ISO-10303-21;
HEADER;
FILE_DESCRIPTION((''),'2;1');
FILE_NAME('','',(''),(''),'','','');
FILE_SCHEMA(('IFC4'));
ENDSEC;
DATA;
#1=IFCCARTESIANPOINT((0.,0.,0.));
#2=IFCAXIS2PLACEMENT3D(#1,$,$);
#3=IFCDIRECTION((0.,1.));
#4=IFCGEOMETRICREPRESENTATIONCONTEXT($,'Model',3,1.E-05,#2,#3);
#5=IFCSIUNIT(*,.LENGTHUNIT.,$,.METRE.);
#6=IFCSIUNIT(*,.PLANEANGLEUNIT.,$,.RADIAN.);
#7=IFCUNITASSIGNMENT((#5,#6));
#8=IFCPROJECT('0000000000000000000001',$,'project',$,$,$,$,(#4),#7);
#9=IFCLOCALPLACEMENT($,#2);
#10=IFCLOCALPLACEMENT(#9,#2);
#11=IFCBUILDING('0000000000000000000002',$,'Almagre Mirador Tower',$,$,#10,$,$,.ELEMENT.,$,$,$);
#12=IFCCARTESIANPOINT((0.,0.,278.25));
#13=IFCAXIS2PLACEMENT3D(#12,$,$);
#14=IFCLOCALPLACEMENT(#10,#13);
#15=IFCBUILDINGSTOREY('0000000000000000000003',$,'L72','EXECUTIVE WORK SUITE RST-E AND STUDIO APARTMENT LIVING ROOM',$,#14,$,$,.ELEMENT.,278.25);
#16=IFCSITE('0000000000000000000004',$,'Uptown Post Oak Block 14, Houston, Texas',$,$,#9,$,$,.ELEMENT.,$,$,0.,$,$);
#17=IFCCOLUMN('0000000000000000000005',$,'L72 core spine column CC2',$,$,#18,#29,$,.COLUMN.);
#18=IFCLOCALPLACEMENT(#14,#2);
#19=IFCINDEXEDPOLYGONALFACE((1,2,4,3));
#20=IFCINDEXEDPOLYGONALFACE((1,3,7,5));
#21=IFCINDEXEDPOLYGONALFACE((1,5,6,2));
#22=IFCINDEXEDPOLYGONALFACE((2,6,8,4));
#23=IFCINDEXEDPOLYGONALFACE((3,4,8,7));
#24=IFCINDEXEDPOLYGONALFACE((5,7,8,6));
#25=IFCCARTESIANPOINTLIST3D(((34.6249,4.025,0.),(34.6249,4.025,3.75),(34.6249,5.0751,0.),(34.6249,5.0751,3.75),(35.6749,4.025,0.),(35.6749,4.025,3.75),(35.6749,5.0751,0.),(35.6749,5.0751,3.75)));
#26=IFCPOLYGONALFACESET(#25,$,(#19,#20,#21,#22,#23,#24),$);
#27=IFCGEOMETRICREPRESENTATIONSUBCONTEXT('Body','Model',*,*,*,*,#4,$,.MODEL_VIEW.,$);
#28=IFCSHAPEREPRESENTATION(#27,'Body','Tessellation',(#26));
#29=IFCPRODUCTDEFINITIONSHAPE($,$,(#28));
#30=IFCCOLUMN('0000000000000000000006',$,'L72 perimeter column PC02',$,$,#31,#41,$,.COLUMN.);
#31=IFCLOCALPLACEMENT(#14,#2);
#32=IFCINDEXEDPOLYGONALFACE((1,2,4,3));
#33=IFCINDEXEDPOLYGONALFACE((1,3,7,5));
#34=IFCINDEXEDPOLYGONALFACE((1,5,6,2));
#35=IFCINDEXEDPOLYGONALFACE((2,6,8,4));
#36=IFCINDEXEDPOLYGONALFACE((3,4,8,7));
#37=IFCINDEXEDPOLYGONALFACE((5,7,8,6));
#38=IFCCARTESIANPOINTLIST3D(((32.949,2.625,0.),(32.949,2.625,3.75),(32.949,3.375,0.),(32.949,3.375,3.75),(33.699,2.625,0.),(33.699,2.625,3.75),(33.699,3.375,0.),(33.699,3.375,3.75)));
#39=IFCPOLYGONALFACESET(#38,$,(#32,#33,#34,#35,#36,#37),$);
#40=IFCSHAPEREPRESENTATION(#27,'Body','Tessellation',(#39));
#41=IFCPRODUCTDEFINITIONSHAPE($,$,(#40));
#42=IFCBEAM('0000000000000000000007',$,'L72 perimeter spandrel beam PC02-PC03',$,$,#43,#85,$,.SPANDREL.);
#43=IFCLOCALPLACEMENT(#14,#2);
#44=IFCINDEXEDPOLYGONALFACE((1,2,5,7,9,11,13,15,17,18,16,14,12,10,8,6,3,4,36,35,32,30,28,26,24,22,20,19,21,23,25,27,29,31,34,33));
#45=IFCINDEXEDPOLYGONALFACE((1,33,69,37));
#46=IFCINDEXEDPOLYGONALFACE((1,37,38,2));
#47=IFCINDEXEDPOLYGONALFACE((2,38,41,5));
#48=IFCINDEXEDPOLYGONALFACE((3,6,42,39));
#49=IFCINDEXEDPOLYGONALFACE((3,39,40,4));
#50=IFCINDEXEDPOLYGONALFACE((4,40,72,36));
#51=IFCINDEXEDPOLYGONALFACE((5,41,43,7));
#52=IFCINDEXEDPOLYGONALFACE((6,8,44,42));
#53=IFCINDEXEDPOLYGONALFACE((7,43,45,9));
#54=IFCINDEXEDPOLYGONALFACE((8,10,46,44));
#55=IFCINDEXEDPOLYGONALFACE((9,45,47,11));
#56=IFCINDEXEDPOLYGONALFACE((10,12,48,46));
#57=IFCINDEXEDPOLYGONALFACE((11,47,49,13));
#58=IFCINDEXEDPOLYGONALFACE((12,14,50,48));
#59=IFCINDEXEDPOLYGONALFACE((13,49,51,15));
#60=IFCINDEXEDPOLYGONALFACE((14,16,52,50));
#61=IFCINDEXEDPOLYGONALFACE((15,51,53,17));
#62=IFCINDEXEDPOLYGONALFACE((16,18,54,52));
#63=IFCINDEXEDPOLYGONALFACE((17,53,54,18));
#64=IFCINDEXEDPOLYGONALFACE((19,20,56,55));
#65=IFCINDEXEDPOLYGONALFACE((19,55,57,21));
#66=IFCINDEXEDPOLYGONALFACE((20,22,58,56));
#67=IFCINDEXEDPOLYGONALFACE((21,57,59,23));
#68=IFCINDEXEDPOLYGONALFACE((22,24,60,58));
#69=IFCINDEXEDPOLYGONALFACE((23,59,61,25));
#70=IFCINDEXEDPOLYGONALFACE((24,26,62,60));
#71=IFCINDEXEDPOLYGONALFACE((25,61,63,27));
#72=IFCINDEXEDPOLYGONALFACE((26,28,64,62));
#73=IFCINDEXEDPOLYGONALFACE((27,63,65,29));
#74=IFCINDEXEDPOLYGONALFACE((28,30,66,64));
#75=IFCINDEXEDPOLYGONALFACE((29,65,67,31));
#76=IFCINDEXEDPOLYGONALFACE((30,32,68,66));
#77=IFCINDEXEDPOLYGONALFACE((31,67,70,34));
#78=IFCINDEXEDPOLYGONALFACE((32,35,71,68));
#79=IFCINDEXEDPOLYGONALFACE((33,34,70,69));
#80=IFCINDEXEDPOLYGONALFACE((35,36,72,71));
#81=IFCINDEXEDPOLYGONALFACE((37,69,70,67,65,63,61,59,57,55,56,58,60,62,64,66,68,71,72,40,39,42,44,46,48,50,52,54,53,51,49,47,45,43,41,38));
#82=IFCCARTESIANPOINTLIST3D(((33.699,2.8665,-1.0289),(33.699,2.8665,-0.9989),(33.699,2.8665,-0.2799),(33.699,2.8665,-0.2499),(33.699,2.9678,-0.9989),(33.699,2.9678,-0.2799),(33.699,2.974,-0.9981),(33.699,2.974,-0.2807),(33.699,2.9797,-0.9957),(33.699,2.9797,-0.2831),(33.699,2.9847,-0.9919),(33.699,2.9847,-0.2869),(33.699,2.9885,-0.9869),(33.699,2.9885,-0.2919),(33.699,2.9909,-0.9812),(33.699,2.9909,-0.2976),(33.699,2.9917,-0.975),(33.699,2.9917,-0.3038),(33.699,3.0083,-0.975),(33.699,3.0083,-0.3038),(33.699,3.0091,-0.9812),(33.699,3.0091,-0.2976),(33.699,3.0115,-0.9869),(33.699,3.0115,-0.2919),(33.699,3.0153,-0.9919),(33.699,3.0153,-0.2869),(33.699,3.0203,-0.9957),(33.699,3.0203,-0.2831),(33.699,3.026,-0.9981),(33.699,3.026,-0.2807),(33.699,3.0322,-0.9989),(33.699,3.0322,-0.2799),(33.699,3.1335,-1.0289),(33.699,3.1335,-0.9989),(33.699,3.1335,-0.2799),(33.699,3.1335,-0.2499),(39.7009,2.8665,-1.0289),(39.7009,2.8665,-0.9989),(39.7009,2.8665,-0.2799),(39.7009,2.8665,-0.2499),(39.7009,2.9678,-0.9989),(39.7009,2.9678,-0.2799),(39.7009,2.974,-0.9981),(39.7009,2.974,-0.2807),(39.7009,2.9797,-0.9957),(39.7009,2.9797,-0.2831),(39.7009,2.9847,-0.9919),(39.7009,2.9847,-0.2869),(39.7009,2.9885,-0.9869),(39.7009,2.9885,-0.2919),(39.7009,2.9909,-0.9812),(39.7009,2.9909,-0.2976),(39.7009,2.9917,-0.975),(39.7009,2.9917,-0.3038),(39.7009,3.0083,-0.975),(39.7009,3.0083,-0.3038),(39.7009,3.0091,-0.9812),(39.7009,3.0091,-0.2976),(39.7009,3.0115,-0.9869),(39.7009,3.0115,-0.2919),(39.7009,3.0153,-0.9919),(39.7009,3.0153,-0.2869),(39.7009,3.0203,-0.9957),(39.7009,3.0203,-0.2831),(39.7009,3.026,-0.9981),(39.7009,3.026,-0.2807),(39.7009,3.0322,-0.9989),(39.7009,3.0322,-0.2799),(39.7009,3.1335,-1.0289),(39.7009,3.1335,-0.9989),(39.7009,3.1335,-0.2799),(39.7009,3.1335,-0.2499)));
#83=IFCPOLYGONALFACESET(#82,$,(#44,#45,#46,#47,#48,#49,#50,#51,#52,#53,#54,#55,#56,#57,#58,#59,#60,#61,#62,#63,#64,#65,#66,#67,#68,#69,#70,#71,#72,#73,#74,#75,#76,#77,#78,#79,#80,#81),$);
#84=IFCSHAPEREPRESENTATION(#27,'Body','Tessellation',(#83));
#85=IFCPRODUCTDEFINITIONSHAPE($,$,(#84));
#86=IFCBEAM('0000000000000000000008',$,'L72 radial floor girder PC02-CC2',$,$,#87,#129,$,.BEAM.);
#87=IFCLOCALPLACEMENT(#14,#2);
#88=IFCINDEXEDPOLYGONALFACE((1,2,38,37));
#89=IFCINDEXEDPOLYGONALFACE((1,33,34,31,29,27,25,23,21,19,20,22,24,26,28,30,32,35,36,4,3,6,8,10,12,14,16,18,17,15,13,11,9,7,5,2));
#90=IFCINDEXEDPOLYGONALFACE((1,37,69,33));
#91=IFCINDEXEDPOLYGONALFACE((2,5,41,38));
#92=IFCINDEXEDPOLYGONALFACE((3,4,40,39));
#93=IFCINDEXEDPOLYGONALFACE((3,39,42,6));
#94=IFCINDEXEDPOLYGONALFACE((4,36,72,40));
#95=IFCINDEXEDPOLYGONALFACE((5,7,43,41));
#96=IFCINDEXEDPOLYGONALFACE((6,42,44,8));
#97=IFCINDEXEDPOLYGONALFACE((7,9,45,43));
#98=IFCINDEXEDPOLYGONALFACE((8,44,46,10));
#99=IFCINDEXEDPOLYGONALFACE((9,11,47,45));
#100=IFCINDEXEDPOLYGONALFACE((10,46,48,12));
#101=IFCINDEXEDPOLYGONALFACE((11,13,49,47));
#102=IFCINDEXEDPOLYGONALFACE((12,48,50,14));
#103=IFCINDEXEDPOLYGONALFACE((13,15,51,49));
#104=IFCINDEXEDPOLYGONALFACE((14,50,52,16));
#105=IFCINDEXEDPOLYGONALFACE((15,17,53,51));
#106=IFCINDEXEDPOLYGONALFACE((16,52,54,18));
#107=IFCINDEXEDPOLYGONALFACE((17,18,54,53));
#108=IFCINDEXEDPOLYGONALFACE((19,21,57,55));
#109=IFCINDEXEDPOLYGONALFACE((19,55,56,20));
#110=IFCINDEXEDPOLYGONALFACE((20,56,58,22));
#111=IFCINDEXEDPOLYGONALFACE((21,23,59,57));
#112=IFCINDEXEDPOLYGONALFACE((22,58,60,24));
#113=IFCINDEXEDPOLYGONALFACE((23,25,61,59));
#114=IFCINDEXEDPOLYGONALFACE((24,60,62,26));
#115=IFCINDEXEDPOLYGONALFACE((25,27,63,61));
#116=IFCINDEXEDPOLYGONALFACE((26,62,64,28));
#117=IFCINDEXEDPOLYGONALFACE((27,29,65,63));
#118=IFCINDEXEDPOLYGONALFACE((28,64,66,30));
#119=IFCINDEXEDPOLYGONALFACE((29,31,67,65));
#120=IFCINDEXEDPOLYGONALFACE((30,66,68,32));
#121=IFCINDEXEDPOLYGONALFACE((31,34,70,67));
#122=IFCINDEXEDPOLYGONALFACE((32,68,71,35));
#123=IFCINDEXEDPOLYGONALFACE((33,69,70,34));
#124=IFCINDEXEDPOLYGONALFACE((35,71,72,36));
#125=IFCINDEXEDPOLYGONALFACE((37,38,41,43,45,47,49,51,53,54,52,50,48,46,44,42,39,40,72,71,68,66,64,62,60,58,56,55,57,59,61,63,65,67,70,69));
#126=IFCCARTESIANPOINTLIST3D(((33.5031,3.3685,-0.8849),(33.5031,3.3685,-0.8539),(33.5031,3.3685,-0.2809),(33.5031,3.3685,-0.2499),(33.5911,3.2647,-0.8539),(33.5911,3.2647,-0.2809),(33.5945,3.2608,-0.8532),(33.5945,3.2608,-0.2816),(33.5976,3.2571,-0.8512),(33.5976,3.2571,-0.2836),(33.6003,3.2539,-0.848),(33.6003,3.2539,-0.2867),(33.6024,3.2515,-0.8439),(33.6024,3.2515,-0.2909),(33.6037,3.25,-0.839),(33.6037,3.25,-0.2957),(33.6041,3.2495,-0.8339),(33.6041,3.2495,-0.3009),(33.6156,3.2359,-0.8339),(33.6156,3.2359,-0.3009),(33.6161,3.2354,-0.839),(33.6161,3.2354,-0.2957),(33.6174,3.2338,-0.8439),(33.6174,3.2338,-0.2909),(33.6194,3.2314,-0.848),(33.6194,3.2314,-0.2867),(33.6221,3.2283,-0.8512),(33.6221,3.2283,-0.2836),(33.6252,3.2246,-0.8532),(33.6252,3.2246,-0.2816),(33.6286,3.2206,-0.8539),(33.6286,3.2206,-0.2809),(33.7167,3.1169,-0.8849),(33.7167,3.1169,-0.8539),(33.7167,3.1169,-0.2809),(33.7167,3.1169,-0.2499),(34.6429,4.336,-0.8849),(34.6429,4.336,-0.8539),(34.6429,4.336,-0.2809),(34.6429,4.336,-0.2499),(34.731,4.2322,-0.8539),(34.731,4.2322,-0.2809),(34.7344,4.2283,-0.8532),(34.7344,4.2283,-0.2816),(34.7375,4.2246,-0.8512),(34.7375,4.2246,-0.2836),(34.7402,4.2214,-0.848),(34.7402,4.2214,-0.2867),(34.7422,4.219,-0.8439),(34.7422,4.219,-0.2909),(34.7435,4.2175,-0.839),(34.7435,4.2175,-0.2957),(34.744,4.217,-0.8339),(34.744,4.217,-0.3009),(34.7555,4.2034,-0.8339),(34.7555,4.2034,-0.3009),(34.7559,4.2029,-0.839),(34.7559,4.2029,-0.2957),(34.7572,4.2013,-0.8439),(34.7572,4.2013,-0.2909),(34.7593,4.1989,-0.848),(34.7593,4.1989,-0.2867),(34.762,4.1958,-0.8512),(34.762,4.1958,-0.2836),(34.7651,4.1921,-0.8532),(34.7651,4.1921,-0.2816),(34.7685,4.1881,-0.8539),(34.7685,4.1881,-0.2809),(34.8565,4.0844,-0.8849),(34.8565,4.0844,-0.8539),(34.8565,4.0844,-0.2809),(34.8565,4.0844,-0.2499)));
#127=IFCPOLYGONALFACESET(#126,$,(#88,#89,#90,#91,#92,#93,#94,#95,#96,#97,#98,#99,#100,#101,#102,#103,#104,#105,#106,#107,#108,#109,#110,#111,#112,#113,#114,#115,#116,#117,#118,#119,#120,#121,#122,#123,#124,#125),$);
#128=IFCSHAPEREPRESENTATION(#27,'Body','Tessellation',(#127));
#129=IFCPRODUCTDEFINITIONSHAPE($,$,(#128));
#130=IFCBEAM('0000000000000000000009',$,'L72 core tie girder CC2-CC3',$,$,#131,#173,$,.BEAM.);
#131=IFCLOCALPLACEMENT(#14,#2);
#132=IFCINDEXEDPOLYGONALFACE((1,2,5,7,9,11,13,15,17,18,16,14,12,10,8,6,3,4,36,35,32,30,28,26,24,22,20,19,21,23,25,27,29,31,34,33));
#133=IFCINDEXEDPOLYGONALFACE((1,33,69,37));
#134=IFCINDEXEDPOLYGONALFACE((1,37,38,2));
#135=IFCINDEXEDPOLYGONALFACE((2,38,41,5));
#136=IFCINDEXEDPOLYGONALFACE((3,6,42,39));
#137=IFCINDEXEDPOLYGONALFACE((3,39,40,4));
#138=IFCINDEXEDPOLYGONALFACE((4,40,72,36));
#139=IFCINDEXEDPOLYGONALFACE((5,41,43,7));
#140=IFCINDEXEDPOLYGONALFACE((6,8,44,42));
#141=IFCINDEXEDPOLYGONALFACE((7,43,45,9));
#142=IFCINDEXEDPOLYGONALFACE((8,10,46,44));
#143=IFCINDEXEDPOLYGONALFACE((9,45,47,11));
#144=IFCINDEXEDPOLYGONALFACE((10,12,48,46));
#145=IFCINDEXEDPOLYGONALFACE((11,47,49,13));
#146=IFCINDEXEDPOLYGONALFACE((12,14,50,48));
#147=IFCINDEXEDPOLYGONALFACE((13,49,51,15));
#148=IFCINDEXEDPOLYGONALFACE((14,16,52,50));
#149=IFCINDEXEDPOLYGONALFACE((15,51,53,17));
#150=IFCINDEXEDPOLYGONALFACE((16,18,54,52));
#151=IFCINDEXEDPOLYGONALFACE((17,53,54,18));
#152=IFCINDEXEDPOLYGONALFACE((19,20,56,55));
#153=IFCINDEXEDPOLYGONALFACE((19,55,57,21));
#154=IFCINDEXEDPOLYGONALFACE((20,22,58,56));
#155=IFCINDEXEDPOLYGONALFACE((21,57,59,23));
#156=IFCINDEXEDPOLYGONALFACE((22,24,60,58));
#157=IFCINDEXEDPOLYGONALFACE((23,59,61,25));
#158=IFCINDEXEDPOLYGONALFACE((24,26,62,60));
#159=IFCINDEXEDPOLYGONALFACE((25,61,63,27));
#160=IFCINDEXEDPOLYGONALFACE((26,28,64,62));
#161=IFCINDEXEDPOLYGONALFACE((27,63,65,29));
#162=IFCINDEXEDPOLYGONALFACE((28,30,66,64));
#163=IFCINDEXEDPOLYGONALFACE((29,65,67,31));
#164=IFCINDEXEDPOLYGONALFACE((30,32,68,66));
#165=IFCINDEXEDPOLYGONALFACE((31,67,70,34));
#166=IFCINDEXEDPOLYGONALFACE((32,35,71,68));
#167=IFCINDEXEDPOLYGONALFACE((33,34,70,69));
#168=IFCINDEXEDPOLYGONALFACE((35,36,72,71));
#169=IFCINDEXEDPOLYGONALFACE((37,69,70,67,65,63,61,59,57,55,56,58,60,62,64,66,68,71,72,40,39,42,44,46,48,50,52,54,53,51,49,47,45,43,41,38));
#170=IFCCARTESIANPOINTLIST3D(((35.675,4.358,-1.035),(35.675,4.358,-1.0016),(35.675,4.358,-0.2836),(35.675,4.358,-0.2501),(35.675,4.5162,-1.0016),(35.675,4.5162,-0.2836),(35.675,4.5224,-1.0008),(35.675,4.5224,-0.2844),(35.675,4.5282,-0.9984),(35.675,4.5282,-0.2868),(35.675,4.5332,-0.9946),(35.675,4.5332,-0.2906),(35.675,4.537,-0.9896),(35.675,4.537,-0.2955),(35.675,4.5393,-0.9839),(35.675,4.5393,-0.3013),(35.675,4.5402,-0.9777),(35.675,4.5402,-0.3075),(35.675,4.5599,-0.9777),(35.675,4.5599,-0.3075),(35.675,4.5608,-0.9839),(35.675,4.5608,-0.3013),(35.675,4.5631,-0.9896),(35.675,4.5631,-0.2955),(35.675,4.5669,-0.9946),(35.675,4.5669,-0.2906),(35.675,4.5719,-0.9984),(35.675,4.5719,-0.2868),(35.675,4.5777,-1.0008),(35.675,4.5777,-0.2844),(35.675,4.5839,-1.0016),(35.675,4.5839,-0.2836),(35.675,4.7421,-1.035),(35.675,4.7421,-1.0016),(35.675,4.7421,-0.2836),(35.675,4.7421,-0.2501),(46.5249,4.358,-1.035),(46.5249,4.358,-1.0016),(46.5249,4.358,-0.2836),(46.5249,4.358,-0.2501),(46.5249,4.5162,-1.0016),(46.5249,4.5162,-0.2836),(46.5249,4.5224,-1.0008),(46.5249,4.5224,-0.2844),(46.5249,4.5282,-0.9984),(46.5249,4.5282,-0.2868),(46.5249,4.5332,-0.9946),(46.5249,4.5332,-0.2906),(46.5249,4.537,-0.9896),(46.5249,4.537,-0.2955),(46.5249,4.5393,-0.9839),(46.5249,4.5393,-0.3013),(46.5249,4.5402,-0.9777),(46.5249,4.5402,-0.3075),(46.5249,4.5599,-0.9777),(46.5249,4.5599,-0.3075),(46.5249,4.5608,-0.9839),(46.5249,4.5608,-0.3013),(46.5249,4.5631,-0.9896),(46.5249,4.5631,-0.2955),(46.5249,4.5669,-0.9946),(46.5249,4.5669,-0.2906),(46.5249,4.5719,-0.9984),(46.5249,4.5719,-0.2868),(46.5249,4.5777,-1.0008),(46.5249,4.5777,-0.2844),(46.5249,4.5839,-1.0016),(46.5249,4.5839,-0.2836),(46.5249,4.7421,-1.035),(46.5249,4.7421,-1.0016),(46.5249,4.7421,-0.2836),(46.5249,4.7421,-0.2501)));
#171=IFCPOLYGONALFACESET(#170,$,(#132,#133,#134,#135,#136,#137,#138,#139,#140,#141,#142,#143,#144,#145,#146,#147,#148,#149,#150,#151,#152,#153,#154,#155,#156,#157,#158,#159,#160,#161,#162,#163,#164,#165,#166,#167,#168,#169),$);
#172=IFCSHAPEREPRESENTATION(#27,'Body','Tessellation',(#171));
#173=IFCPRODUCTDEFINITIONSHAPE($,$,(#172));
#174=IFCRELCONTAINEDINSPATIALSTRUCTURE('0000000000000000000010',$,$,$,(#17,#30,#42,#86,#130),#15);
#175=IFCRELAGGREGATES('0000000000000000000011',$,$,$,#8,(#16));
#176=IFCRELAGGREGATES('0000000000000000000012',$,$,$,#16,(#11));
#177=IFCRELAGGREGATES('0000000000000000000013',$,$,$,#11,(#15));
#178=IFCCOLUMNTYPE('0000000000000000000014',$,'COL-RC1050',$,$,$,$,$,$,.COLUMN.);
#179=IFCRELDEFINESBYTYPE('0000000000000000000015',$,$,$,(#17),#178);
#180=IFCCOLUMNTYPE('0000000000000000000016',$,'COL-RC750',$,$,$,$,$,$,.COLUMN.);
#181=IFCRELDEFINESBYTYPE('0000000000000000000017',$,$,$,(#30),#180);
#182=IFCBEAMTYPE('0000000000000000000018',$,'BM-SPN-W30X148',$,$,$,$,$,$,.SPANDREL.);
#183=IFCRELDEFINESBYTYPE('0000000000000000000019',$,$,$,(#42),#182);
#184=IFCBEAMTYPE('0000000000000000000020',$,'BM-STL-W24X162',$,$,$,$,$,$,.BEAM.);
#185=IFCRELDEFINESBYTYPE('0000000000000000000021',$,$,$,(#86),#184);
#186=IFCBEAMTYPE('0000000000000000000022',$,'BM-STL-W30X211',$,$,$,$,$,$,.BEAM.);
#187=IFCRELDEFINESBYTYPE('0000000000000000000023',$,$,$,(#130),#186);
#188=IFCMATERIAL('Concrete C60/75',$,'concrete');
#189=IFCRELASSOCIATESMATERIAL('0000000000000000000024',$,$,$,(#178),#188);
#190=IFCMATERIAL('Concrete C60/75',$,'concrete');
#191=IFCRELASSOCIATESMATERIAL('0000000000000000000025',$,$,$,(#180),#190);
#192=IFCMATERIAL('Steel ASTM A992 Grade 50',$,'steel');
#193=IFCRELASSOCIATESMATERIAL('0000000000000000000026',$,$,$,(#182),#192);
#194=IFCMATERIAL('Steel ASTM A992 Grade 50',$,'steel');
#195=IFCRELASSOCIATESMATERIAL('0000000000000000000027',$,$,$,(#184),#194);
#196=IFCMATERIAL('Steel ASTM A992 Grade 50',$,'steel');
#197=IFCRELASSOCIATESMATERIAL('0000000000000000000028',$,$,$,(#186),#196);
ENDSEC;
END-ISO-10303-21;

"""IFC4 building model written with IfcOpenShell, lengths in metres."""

from ifc_helpers import new_model, si_unit, direction, frame, origin, origin_2d, place, context, subcontext, project, spatial, rectangle, i_section, extrude, material, material_profile, profile_set, type_object, element, save


model = new_model("IFC4")

# Units and contexts
model_context = context("Model", 3, precision=1e-05, world=origin(), true_north=direction((0.0, 1.0)))
body_context = subcontext(model_context, "Body", "Model", "MODEL_VIEW")
ifc_project = project(units=[si_unit("LENGTHUNIT", "METRE"), si_unit("PLANEANGLEUNIT", "RADIAN")], contexts=[model_context])

# Site, building, storey
site_placement = place(None, origin())
site = spatial("IfcSite", under=ifc_project, at=site_placement, Name="Uptown Post Oak Block 14, Houston, Texas", CompositionType="ELEMENT", RefElevation=0.0)
building_placement = place(site_placement, origin())
building = spatial("IfcBuilding", under=site, at=building_placement, Name="Almagre Mirador Tower", CompositionType="ELEMENT")
storey_placement = place(building_placement, frame((0.0, 0.0, 278.25)))
storey = spatial("IfcBuildingStorey", under=building, at=storey_placement, Name="L72", Description="EXECUTIVE WORK SUITE RST-E AND STUDIO APARTMENT LIVING ROOM", CompositionType="ELEMENT", Elevation=278.25)

# Columns
ifc_material_1 = material(Name="Concrete C60/75", Category="concrete")
ifc_material_profile_1 = material_profile(ifc_material_1, rectangle(XDim=1.05, YDim=1.05, at=origin_2d()), Name="RC1050X1050")
ifc_profile_set_1 = profile_set([ifc_material_profile_1], Name="Concrete C60/75")
column_type_1 = type_object("IfcColumnType", Name="COL-RC1050", PredefinedType="COLUMN", material=ifc_profile_set_1)
column_1_placement = place(storey_placement, frame((35.1499, 4.55, 0.0), z_axis=(0.0, 0.0, 1.0), x_axis=(1.0, 0.0, 0.0)))
element("IfcColumn", 1, at=column_1_placement, inside=storey, type_object=column_type_1, Name="L72 core spine column CC2", PredefinedType="COLUMN", context=body_context, shape_type="SweptSolid", body=[
    extrude(rectangle(XDim=1.05, YDim=1.05, at=origin_2d()), origin(), (0.0, 0.0, 1.0), 3.75),
])
ifc_material_2 = material(Name="Concrete C60/75", Category="concrete")
ifc_material_profile_2 = material_profile(ifc_material_2, rectangle(XDim=0.75, YDim=0.75, at=origin_2d()), Name="RC750X750")
ifc_profile_set_2 = profile_set([ifc_material_profile_2], Name="Concrete C60/75")
column_type_2 = type_object("IfcColumnType", Name="COL-RC750", PredefinedType="COLUMN", material=ifc_profile_set_2)
column_2_placement = place(storey_placement, frame((33.324, 3.0, 0.0), z_axis=(0.0, 0.0, 1.0), x_axis=(1.0, 0.0, 0.0)))
element("IfcColumn", 2, at=column_2_placement, inside=storey, type_object=column_type_2, Name="L72 perimeter column PC02", PredefinedType="COLUMN", context=body_context, shape_type="SweptSolid", body=[
    extrude(rectangle(XDim=0.75, YDim=0.75, at=origin_2d()), origin(), (0.0, 0.0, 1.0), 3.75),
])

# Beams
ifc_material_3 = material(Name="Steel ASTM A992 Grade 50", Category="steel")
ifc_material_profile_3 = material_profile(ifc_material_3, i_section(OverallWidth=0.2671, OverallDepth=0.7791, WebThickness=0.0166, FlangeThickness=0.03, FilletRadius=0.0239, at=origin_2d()), Name="W30X148")
ifc_profile_set_3 = profile_set([ifc_material_profile_3], Name="Steel ASTM A992 Grade 50")
beam_type_1 = type_object("IfcBeamType", Name="BM-SPN-W30X148", PredefinedType="SPANDREL", material=ifc_profile_set_3)
beam_1_placement = place(storey_placement, frame((33.699, 3.0, -0.6394), z_axis=(1.0, 0.0, 0.0), x_axis=(0.0, 1.0, 0.0)))
element("IfcBeam", 3, at=beam_1_placement, inside=storey, type_object=beam_type_1, Name="L72 perimeter spandrel beam PC02-PC03", PredefinedType="SPANDREL", context=body_context, shape_type="SweptSolid", body=[
    extrude(i_section(OverallWidth=0.2671, OverallDepth=0.7791, WebThickness=0.0166, FlangeThickness=0.03, FilletRadius=0.0239, at=origin_2d()), origin(), (0.0, 0.0, 1.0), 6.002),
])
ifc_material_4 = material(Name="Steel ASTM A992 Grade 50", Category="steel")
ifc_material_profile_4 = material_profile(ifc_material_4, i_section(OverallWidth=0.3301, OverallDepth=0.635, WebThickness=0.0178, FlangeThickness=0.031, FilletRadius=0.02, at=origin_2d()), Name="W24X162")
ifc_profile_set_4 = profile_set([ifc_material_profile_4], Name="Steel ASTM A992 Grade 50")
beam_type_2 = type_object("IfcBeamType", Name="BM-STL-W24X162", PredefinedType="BEAM", material=ifc_profile_set_4)
beam_2_placement = place(storey_placement, frame((33.6099, 3.2427, -0.5674), z_axis=(0.762394, 0.647113, 0.0), x_axis=(-0.647113, 0.762394, 0.0)))
element("IfcBeam", 4, at=beam_2_placement, inside=storey, type_object=beam_type_2, Name="L72 radial floor girder PC02-CC2", PredefinedType="BEAM", context=body_context, shape_type="SweptSolid", body=[
    extrude(i_section(OverallWidth=0.3301, OverallDepth=0.635, WebThickness=0.0178, FlangeThickness=0.031, FilletRadius=0.02, at=origin_2d()), origin(), (0.0, 0.0, 1.0), 1.4951),
])
ifc_material_5 = material(Name="Steel ASTM A992 Grade 50", Category="steel")
ifc_material_profile_5 = material_profile(ifc_material_5, i_section(OverallWidth=0.384, OverallDepth=0.7849, WebThickness=0.0198, FlangeThickness=0.0334, FilletRadius=0.0239, at=origin_2d()), Name="W30X211")
ifc_profile_set_5 = profile_set([ifc_material_profile_5], Name="Steel ASTM A992 Grade 50")
beam_type_3 = type_object("IfcBeamType", Name="BM-STL-W30X211", PredefinedType="BEAM", material=ifc_profile_set_5)
beam_3_placement = place(storey_placement, frame((35.675, 4.55, -0.6426), z_axis=(1.0, 0.0, 0.0), x_axis=(0.0, 1.0, 0.0)))
element("IfcBeam", 5, at=beam_3_placement, inside=storey, type_object=beam_type_3, Name="L72 core tie girder CC2-CC3", PredefinedType="BEAM", context=body_context, shape_type="SweptSolid", body=[
    extrude(i_section(OverallWidth=0.384, OverallDepth=0.7849, WebThickness=0.0198, FlangeThickness=0.0334, FilletRadius=0.0239, at=origin_2d()), origin(), (0.0, 0.0, 1.0), 10.8499),
])

save(model, "model.ifc")
